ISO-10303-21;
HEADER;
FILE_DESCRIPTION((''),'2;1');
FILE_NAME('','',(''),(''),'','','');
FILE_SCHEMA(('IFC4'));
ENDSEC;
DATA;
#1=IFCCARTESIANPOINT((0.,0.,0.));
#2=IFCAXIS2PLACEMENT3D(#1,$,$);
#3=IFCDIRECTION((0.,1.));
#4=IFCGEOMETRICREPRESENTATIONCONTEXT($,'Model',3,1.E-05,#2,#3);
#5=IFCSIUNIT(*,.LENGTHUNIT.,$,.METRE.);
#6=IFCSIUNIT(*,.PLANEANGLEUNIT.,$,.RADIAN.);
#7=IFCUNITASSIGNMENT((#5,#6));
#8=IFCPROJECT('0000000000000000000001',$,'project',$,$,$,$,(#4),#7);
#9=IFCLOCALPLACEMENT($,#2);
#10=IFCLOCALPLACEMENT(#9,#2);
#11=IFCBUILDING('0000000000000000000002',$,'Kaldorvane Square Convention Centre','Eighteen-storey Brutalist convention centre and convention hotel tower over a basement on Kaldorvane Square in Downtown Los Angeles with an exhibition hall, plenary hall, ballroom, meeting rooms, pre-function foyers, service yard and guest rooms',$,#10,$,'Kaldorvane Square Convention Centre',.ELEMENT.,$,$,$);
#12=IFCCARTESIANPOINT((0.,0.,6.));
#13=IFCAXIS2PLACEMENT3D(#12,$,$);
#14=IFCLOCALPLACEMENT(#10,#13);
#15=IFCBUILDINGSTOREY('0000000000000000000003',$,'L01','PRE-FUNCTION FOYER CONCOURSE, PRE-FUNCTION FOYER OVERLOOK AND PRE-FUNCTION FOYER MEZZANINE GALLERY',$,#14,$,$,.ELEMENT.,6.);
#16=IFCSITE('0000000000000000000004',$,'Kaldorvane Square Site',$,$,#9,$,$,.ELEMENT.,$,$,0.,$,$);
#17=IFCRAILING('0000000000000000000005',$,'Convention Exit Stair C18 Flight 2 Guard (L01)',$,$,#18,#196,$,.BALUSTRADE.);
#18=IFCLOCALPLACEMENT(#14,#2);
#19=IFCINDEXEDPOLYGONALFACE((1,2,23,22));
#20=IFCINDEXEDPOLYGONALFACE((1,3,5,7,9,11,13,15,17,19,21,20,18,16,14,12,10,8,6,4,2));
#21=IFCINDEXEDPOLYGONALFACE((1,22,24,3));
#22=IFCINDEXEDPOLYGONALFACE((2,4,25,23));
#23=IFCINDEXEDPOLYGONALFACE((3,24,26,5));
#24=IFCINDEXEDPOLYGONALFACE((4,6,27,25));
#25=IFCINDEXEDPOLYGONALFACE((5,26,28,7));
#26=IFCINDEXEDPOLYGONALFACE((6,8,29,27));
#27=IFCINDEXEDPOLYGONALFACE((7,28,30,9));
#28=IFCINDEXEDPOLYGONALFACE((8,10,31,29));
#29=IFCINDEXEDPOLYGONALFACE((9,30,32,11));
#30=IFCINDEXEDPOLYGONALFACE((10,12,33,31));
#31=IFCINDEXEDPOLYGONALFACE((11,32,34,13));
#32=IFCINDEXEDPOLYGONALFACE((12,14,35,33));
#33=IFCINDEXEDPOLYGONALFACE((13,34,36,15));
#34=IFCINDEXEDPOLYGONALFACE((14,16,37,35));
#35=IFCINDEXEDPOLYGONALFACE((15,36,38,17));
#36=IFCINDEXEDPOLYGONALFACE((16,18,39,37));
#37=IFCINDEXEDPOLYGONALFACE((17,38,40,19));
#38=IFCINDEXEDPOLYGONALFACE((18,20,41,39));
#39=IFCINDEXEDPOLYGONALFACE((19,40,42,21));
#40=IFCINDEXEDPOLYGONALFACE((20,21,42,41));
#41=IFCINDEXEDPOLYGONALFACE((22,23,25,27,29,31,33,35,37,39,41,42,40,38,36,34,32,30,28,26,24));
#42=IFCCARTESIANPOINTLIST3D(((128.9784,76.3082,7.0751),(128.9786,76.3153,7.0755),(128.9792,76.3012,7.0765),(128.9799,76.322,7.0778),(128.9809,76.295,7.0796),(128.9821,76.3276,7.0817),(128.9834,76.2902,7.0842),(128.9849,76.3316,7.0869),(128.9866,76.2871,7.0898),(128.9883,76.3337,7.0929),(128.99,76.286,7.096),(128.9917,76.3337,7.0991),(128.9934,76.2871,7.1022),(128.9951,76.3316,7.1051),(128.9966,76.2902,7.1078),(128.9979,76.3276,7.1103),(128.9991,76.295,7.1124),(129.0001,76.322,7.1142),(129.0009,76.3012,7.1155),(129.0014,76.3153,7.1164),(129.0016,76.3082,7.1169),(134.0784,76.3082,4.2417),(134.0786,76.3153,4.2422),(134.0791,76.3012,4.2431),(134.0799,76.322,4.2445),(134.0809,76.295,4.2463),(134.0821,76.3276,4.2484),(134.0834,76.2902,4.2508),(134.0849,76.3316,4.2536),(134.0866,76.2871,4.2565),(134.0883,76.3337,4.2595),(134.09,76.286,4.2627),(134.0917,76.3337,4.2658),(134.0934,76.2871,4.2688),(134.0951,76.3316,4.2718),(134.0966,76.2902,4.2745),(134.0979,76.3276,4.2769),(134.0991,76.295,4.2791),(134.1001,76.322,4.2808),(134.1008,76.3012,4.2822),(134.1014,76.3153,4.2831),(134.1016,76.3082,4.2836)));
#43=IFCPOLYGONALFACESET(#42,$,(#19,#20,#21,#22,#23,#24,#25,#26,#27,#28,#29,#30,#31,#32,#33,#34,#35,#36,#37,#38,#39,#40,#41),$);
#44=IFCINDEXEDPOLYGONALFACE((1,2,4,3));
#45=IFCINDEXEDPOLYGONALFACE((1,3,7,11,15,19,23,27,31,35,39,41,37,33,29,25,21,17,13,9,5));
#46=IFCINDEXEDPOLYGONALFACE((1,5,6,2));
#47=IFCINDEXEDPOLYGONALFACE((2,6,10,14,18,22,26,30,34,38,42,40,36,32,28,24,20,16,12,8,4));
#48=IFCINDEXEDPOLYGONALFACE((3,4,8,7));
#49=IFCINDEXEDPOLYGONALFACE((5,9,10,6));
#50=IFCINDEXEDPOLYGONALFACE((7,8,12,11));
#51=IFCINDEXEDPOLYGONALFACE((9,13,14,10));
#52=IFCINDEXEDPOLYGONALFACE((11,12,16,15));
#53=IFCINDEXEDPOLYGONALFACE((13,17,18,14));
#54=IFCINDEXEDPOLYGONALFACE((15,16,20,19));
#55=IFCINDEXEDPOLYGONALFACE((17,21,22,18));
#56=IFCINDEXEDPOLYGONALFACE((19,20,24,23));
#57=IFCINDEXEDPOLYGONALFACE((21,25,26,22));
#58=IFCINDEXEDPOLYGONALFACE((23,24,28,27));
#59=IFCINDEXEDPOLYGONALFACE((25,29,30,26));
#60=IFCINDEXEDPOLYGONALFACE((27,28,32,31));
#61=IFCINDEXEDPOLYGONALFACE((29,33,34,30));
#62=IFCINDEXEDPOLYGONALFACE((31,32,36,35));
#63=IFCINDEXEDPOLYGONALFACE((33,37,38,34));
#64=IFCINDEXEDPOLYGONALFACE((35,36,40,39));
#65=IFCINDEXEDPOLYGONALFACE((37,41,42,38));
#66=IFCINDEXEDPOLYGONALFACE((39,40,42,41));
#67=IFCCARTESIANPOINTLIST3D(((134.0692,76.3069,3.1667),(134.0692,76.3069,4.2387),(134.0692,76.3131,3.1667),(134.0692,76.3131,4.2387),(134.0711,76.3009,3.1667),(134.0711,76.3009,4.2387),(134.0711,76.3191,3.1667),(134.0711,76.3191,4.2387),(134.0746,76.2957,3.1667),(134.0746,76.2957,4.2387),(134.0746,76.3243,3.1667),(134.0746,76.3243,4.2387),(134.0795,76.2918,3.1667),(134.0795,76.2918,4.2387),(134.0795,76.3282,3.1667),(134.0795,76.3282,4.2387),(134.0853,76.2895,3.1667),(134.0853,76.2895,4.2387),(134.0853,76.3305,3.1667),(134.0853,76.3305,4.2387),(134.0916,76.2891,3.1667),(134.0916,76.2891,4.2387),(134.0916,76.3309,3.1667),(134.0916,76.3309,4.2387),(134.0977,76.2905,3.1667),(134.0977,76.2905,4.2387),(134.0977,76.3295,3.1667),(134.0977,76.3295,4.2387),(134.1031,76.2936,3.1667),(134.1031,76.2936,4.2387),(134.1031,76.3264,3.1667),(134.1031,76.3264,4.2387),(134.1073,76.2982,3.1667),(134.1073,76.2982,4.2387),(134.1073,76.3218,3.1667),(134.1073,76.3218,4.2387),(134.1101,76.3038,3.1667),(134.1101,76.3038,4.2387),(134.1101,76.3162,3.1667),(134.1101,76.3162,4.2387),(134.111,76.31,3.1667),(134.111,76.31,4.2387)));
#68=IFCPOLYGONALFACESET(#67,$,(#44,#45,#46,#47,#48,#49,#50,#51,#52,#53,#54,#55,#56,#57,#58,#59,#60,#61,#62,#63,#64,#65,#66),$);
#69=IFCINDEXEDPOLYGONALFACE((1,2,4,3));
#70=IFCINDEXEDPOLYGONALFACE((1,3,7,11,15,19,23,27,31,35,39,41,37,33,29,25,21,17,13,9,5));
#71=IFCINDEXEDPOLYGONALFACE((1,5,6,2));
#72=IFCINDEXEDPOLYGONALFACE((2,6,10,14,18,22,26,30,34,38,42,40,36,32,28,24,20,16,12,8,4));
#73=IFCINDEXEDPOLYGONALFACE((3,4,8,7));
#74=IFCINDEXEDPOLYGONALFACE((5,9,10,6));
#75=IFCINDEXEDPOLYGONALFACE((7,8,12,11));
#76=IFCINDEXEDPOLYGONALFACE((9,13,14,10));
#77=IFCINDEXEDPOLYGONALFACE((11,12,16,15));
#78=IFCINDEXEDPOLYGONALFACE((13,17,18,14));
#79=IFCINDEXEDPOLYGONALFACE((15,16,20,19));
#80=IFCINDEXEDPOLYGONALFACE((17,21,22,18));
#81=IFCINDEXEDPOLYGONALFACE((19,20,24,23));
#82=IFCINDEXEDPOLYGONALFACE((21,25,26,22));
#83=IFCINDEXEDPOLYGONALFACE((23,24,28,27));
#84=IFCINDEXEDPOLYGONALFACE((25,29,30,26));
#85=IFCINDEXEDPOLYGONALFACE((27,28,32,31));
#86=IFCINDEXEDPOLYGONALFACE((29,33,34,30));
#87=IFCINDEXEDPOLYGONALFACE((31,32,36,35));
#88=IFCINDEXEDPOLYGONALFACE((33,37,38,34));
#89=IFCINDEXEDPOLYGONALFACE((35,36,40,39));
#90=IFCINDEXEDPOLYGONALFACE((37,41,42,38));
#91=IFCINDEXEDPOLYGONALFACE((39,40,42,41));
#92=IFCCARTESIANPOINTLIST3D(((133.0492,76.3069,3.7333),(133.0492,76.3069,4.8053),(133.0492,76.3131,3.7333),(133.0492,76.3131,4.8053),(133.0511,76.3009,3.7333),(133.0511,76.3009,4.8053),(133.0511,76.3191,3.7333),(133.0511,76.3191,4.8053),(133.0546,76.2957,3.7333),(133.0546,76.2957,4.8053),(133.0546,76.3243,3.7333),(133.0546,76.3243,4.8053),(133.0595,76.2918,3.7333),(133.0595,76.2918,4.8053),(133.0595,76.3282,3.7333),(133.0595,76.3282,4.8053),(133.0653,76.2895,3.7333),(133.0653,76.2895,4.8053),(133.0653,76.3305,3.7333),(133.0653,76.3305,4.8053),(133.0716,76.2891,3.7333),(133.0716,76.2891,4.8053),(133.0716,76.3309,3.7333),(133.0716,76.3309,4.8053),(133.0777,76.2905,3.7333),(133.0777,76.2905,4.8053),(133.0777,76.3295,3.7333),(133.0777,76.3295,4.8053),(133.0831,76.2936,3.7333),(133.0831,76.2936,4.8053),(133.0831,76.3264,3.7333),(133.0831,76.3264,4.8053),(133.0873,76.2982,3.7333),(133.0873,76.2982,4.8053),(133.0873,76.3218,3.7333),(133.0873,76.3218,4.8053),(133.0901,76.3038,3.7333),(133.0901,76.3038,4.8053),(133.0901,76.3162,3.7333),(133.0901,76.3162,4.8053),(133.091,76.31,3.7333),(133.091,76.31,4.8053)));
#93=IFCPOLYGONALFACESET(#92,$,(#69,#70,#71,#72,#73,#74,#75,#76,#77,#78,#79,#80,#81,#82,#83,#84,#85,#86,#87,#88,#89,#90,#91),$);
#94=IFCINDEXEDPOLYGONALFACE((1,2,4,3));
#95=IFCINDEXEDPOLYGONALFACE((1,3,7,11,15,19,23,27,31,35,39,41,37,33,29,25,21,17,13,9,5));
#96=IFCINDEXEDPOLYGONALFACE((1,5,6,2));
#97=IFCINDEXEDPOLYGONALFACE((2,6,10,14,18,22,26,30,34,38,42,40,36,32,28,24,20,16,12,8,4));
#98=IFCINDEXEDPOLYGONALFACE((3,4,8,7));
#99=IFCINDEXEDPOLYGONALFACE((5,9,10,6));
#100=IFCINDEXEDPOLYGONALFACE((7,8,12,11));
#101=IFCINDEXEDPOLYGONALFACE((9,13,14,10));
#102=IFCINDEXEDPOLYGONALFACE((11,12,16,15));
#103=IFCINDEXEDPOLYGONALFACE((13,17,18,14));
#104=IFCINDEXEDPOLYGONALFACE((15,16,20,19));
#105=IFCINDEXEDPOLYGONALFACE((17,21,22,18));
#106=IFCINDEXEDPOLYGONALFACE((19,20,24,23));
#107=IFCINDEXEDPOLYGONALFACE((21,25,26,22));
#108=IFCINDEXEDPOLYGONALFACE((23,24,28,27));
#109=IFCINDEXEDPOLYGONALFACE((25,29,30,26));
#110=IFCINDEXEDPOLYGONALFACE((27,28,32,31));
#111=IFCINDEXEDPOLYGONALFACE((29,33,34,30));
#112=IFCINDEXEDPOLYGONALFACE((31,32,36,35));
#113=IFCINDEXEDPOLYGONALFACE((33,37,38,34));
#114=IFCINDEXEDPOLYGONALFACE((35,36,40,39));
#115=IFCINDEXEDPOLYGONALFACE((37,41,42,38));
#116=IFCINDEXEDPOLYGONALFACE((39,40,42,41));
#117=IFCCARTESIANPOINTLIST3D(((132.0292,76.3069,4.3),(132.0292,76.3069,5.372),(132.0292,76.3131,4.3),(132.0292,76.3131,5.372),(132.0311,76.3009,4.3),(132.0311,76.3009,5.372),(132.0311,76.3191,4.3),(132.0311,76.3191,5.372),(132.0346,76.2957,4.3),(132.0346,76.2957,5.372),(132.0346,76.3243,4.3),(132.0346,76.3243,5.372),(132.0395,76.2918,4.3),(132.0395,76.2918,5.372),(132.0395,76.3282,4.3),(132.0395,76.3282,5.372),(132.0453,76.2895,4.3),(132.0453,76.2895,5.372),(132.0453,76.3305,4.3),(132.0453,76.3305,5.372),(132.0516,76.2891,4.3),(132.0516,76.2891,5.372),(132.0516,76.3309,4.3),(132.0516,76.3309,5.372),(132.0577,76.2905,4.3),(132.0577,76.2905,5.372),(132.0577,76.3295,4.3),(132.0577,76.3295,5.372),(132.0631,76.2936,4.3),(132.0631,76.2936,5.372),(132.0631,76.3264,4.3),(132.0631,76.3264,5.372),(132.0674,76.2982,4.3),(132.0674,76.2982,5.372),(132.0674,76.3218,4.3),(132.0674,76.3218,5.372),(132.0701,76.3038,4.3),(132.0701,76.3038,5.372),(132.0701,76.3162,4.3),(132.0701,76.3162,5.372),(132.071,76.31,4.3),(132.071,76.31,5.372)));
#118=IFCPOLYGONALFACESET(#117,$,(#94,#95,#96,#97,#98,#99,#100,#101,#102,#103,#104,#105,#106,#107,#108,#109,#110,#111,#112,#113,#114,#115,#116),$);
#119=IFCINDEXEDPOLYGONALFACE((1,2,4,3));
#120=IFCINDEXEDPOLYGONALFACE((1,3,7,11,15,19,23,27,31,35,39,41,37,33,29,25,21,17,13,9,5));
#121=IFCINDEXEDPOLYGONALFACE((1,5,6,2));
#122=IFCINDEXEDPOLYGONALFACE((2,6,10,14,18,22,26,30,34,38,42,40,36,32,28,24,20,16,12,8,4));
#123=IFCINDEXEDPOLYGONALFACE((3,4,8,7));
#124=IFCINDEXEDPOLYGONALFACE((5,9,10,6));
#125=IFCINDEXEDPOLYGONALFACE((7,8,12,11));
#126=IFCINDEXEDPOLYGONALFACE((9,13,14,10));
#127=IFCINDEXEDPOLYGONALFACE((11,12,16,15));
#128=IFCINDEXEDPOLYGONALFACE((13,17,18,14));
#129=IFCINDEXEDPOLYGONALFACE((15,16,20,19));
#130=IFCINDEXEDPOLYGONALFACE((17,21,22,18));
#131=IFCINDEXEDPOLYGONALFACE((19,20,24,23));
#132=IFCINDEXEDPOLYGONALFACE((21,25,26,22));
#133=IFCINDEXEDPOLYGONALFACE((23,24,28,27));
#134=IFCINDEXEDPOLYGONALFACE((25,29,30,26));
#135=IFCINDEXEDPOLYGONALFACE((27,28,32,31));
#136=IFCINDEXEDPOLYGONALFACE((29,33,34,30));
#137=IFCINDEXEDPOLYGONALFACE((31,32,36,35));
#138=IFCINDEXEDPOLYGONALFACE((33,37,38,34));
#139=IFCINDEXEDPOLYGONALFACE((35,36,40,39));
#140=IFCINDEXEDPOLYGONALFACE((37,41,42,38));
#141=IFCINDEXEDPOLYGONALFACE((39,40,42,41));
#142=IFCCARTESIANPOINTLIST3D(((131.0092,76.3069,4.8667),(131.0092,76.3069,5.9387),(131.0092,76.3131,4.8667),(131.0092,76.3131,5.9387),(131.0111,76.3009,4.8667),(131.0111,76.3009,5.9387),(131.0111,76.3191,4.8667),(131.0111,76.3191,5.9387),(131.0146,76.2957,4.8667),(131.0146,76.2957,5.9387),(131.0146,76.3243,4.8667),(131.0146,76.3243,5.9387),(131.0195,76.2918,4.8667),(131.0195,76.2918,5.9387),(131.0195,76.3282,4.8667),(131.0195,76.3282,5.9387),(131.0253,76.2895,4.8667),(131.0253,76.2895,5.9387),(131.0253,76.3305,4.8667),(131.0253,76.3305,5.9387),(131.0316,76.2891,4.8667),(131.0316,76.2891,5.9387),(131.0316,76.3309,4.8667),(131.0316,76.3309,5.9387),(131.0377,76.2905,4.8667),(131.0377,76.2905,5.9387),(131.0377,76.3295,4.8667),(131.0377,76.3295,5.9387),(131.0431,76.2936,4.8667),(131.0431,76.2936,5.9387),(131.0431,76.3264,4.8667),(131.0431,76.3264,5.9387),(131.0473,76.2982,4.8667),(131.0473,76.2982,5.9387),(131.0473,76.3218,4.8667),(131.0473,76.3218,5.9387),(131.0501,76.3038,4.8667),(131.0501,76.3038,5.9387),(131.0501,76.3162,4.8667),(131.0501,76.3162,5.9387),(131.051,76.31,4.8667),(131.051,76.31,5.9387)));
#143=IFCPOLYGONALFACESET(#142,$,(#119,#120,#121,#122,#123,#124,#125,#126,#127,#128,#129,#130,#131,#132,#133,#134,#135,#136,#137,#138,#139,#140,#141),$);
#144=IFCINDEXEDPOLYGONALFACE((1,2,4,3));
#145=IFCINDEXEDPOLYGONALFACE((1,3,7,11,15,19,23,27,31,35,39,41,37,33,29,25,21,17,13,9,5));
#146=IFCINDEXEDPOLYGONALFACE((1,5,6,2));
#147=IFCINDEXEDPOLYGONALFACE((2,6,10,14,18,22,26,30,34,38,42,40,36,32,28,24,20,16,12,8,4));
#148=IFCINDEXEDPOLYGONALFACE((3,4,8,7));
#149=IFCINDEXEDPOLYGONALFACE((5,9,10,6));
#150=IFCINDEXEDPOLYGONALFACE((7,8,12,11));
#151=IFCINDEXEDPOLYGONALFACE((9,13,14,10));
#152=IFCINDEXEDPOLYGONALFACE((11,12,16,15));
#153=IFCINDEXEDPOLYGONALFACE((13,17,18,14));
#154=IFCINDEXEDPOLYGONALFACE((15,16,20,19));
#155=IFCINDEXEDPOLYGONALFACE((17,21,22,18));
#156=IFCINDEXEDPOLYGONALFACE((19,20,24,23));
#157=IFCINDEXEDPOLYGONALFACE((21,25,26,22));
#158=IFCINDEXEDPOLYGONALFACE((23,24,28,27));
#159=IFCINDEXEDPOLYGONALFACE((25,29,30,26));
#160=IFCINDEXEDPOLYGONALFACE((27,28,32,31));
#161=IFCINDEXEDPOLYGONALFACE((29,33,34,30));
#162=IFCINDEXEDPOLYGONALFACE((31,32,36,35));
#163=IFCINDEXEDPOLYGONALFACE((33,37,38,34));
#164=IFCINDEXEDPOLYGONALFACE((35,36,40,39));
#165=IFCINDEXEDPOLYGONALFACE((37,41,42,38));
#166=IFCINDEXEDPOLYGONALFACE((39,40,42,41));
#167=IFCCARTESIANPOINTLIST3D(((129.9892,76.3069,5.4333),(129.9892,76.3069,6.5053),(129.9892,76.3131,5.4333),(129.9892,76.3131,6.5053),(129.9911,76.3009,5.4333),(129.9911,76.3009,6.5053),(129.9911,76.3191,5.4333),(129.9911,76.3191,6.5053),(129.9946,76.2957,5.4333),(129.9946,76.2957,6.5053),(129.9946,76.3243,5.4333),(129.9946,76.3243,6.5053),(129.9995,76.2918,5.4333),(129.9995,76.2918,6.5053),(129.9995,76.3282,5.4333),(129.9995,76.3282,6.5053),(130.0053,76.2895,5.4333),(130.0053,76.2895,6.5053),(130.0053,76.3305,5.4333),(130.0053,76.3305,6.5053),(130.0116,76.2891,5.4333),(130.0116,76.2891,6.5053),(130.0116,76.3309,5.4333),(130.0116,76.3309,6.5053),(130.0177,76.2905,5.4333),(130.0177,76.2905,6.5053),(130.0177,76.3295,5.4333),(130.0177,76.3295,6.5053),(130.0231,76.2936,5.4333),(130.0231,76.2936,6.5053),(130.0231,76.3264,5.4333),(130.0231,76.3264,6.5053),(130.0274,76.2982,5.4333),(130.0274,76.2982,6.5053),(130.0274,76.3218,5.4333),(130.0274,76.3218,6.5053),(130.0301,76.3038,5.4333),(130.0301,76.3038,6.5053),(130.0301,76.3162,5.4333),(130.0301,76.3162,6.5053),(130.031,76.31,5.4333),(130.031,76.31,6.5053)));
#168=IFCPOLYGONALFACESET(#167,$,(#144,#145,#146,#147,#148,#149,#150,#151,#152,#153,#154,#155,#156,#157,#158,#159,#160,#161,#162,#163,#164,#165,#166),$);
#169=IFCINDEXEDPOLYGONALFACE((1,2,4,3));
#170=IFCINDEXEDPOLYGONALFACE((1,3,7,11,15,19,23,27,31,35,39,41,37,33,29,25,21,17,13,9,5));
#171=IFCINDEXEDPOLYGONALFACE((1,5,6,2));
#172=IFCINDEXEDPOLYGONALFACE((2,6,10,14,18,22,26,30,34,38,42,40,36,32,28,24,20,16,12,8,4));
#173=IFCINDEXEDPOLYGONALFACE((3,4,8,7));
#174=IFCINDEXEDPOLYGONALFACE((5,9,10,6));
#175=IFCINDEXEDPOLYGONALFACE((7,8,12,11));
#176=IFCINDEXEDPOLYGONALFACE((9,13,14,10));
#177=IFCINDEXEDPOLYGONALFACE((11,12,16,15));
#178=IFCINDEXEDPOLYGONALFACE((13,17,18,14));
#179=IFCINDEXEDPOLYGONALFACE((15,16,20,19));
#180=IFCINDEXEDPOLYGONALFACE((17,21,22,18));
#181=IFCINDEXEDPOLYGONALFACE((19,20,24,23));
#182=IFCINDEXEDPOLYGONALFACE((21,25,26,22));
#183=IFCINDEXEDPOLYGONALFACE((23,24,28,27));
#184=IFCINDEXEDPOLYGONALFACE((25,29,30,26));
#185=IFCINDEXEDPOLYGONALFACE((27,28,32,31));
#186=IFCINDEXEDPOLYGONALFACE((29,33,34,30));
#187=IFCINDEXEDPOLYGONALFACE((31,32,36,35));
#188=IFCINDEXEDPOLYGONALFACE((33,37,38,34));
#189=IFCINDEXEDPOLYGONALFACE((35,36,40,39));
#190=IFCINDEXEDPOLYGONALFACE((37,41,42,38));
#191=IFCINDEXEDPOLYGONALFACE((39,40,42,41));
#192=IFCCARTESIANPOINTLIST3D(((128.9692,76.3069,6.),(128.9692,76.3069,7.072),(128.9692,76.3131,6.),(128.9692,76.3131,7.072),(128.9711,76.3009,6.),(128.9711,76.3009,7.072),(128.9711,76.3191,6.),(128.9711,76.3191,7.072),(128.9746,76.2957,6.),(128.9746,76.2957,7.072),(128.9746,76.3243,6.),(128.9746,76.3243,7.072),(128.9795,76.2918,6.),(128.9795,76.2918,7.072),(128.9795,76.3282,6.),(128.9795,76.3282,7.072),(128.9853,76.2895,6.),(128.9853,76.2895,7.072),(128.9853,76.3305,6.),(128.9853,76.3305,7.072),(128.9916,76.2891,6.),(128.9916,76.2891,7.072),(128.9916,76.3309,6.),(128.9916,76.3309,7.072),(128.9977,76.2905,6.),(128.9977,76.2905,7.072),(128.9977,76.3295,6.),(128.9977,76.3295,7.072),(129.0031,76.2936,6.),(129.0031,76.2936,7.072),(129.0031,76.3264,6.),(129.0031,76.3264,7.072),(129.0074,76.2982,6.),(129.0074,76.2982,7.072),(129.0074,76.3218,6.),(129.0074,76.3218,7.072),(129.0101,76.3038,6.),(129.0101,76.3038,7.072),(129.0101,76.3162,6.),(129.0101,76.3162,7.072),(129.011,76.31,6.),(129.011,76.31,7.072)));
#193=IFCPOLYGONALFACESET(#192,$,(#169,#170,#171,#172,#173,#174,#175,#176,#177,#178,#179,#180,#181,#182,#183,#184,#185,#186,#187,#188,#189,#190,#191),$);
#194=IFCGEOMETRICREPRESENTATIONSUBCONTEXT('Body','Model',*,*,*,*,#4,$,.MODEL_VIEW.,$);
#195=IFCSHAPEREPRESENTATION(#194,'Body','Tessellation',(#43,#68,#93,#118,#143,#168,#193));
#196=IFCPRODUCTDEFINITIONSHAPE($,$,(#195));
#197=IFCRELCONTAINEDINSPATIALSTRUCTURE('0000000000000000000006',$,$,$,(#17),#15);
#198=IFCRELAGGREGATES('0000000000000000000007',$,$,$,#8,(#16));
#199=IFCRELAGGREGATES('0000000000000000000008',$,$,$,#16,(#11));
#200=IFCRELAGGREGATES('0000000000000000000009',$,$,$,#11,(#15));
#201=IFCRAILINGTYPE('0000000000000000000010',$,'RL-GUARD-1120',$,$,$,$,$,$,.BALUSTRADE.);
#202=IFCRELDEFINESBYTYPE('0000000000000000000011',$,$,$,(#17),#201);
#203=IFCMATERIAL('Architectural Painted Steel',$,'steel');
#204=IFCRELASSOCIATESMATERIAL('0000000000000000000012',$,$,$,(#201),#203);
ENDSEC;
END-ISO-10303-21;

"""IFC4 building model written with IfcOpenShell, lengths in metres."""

from ifc_helpers import new_model, si_unit, direction, frame, origin, origin_2d, place, context, subcontext, project, spatial, circle, extrude, material, type_object, element, save


model = new_model("IFC4")

# Units and contexts
model_context = context("Model", 3, precision=1e-05, world=origin(), true_north=direction((0.0, 1.0)))
body_context = subcontext(model_context, "Body", "Model", "MODEL_VIEW")
ifc_project = project(units=[si_unit("LENGTHUNIT", "METRE"), si_unit("PLANEANGLEUNIT", "RADIAN")], contexts=[model_context])

# Site, building, storey
site_placement = place(None, origin())
site = spatial("IfcSite", under=ifc_project, at=site_placement, Name="Kaldorvane Square Site", CompositionType="ELEMENT", RefElevation=0.0)
building_placement = place(site_placement, origin())
building = spatial("IfcBuilding", under=site, at=building_placement, Name="Kaldorvane Square Convention Centre", Description="Eighteen-storey Brutalist convention centre and convention hotel tower over a basement on Kaldorvane Square in Downtown Los Angeles with an exhibition hall, plenary hall, ballroom, meeting rooms, pre-function foyers, service yard and guest rooms", LongName="Kaldorvane Square Convention Centre", CompositionType="ELEMENT")
storey_placement = place(building_placement, frame((0.0, 0.0, 6.0)))
storey = spatial("IfcBuildingStorey", under=building, at=storey_placement, Name="L01", Description="PRE-FUNCTION FOYER CONCOURSE, PRE-FUNCTION FOYER OVERLOOK AND PRE-FUNCTION FOYER MEZZANINE GALLERY", CompositionType="ELEMENT", Elevation=6.0)

# Railing
ifc_material_1 = material(Name="Architectural Painted Steel", Category="steel")
railing_type = type_object("IfcRailingType", Name="RL-GUARD-1120", PredefinedType="BALUSTRADE", material=ifc_material_1)
railing_1_placement = place(storey_placement, frame((134.09, 76.31, 3.1667)))
element("IfcRailing", 1, at=railing_1_placement, inside=storey, type_object=railing_type, Name="Convention Exit Stair C18 Flight 2 Guard (L01)", PredefinedType="BALUSTRADE", context=body_context, shape_type="SweptSolid", body=[
    extrude(circle(Radius=0.024, at=origin_2d()), frame((0.0, 0.0, 1.096), z_axis=(-0.874157, 0.0, 0.485643), x_axis=(0.0, -1.0, 0.0)), (0.0, 0.0, 1.0), 5.8342),
    extrude(circle(Radius=0.021, at=origin_2d()), origin(), (0.0, 0.0, 1.0), 1.072),
    extrude(circle(Radius=0.021, at=origin_2d()), frame((-1.02, 0.0, 0.5667)), (0.0, 0.0, 1.0), 1.072),
    extrude(circle(Radius=0.021, at=origin_2d()), frame((-2.04, 0.0, 1.1333)), (0.0, 0.0, 1.0), 1.072),
    extrude(circle(Radius=0.021, at=origin_2d()), frame((-3.06, 0.0, 1.7)), (0.0, 0.0, 1.0), 1.072),
    extrude(circle(Radius=0.021, at=origin_2d()), frame((-4.08, 0.0, 2.2667)), (0.0, 0.0, 1.0), 1.072),
    extrude(circle(Radius=0.021, at=origin_2d()), frame((-5.1, 0.0, 2.8333)), (0.0, 0.0, 1.0), 1.072),
])

save(model, "model.ifc")
